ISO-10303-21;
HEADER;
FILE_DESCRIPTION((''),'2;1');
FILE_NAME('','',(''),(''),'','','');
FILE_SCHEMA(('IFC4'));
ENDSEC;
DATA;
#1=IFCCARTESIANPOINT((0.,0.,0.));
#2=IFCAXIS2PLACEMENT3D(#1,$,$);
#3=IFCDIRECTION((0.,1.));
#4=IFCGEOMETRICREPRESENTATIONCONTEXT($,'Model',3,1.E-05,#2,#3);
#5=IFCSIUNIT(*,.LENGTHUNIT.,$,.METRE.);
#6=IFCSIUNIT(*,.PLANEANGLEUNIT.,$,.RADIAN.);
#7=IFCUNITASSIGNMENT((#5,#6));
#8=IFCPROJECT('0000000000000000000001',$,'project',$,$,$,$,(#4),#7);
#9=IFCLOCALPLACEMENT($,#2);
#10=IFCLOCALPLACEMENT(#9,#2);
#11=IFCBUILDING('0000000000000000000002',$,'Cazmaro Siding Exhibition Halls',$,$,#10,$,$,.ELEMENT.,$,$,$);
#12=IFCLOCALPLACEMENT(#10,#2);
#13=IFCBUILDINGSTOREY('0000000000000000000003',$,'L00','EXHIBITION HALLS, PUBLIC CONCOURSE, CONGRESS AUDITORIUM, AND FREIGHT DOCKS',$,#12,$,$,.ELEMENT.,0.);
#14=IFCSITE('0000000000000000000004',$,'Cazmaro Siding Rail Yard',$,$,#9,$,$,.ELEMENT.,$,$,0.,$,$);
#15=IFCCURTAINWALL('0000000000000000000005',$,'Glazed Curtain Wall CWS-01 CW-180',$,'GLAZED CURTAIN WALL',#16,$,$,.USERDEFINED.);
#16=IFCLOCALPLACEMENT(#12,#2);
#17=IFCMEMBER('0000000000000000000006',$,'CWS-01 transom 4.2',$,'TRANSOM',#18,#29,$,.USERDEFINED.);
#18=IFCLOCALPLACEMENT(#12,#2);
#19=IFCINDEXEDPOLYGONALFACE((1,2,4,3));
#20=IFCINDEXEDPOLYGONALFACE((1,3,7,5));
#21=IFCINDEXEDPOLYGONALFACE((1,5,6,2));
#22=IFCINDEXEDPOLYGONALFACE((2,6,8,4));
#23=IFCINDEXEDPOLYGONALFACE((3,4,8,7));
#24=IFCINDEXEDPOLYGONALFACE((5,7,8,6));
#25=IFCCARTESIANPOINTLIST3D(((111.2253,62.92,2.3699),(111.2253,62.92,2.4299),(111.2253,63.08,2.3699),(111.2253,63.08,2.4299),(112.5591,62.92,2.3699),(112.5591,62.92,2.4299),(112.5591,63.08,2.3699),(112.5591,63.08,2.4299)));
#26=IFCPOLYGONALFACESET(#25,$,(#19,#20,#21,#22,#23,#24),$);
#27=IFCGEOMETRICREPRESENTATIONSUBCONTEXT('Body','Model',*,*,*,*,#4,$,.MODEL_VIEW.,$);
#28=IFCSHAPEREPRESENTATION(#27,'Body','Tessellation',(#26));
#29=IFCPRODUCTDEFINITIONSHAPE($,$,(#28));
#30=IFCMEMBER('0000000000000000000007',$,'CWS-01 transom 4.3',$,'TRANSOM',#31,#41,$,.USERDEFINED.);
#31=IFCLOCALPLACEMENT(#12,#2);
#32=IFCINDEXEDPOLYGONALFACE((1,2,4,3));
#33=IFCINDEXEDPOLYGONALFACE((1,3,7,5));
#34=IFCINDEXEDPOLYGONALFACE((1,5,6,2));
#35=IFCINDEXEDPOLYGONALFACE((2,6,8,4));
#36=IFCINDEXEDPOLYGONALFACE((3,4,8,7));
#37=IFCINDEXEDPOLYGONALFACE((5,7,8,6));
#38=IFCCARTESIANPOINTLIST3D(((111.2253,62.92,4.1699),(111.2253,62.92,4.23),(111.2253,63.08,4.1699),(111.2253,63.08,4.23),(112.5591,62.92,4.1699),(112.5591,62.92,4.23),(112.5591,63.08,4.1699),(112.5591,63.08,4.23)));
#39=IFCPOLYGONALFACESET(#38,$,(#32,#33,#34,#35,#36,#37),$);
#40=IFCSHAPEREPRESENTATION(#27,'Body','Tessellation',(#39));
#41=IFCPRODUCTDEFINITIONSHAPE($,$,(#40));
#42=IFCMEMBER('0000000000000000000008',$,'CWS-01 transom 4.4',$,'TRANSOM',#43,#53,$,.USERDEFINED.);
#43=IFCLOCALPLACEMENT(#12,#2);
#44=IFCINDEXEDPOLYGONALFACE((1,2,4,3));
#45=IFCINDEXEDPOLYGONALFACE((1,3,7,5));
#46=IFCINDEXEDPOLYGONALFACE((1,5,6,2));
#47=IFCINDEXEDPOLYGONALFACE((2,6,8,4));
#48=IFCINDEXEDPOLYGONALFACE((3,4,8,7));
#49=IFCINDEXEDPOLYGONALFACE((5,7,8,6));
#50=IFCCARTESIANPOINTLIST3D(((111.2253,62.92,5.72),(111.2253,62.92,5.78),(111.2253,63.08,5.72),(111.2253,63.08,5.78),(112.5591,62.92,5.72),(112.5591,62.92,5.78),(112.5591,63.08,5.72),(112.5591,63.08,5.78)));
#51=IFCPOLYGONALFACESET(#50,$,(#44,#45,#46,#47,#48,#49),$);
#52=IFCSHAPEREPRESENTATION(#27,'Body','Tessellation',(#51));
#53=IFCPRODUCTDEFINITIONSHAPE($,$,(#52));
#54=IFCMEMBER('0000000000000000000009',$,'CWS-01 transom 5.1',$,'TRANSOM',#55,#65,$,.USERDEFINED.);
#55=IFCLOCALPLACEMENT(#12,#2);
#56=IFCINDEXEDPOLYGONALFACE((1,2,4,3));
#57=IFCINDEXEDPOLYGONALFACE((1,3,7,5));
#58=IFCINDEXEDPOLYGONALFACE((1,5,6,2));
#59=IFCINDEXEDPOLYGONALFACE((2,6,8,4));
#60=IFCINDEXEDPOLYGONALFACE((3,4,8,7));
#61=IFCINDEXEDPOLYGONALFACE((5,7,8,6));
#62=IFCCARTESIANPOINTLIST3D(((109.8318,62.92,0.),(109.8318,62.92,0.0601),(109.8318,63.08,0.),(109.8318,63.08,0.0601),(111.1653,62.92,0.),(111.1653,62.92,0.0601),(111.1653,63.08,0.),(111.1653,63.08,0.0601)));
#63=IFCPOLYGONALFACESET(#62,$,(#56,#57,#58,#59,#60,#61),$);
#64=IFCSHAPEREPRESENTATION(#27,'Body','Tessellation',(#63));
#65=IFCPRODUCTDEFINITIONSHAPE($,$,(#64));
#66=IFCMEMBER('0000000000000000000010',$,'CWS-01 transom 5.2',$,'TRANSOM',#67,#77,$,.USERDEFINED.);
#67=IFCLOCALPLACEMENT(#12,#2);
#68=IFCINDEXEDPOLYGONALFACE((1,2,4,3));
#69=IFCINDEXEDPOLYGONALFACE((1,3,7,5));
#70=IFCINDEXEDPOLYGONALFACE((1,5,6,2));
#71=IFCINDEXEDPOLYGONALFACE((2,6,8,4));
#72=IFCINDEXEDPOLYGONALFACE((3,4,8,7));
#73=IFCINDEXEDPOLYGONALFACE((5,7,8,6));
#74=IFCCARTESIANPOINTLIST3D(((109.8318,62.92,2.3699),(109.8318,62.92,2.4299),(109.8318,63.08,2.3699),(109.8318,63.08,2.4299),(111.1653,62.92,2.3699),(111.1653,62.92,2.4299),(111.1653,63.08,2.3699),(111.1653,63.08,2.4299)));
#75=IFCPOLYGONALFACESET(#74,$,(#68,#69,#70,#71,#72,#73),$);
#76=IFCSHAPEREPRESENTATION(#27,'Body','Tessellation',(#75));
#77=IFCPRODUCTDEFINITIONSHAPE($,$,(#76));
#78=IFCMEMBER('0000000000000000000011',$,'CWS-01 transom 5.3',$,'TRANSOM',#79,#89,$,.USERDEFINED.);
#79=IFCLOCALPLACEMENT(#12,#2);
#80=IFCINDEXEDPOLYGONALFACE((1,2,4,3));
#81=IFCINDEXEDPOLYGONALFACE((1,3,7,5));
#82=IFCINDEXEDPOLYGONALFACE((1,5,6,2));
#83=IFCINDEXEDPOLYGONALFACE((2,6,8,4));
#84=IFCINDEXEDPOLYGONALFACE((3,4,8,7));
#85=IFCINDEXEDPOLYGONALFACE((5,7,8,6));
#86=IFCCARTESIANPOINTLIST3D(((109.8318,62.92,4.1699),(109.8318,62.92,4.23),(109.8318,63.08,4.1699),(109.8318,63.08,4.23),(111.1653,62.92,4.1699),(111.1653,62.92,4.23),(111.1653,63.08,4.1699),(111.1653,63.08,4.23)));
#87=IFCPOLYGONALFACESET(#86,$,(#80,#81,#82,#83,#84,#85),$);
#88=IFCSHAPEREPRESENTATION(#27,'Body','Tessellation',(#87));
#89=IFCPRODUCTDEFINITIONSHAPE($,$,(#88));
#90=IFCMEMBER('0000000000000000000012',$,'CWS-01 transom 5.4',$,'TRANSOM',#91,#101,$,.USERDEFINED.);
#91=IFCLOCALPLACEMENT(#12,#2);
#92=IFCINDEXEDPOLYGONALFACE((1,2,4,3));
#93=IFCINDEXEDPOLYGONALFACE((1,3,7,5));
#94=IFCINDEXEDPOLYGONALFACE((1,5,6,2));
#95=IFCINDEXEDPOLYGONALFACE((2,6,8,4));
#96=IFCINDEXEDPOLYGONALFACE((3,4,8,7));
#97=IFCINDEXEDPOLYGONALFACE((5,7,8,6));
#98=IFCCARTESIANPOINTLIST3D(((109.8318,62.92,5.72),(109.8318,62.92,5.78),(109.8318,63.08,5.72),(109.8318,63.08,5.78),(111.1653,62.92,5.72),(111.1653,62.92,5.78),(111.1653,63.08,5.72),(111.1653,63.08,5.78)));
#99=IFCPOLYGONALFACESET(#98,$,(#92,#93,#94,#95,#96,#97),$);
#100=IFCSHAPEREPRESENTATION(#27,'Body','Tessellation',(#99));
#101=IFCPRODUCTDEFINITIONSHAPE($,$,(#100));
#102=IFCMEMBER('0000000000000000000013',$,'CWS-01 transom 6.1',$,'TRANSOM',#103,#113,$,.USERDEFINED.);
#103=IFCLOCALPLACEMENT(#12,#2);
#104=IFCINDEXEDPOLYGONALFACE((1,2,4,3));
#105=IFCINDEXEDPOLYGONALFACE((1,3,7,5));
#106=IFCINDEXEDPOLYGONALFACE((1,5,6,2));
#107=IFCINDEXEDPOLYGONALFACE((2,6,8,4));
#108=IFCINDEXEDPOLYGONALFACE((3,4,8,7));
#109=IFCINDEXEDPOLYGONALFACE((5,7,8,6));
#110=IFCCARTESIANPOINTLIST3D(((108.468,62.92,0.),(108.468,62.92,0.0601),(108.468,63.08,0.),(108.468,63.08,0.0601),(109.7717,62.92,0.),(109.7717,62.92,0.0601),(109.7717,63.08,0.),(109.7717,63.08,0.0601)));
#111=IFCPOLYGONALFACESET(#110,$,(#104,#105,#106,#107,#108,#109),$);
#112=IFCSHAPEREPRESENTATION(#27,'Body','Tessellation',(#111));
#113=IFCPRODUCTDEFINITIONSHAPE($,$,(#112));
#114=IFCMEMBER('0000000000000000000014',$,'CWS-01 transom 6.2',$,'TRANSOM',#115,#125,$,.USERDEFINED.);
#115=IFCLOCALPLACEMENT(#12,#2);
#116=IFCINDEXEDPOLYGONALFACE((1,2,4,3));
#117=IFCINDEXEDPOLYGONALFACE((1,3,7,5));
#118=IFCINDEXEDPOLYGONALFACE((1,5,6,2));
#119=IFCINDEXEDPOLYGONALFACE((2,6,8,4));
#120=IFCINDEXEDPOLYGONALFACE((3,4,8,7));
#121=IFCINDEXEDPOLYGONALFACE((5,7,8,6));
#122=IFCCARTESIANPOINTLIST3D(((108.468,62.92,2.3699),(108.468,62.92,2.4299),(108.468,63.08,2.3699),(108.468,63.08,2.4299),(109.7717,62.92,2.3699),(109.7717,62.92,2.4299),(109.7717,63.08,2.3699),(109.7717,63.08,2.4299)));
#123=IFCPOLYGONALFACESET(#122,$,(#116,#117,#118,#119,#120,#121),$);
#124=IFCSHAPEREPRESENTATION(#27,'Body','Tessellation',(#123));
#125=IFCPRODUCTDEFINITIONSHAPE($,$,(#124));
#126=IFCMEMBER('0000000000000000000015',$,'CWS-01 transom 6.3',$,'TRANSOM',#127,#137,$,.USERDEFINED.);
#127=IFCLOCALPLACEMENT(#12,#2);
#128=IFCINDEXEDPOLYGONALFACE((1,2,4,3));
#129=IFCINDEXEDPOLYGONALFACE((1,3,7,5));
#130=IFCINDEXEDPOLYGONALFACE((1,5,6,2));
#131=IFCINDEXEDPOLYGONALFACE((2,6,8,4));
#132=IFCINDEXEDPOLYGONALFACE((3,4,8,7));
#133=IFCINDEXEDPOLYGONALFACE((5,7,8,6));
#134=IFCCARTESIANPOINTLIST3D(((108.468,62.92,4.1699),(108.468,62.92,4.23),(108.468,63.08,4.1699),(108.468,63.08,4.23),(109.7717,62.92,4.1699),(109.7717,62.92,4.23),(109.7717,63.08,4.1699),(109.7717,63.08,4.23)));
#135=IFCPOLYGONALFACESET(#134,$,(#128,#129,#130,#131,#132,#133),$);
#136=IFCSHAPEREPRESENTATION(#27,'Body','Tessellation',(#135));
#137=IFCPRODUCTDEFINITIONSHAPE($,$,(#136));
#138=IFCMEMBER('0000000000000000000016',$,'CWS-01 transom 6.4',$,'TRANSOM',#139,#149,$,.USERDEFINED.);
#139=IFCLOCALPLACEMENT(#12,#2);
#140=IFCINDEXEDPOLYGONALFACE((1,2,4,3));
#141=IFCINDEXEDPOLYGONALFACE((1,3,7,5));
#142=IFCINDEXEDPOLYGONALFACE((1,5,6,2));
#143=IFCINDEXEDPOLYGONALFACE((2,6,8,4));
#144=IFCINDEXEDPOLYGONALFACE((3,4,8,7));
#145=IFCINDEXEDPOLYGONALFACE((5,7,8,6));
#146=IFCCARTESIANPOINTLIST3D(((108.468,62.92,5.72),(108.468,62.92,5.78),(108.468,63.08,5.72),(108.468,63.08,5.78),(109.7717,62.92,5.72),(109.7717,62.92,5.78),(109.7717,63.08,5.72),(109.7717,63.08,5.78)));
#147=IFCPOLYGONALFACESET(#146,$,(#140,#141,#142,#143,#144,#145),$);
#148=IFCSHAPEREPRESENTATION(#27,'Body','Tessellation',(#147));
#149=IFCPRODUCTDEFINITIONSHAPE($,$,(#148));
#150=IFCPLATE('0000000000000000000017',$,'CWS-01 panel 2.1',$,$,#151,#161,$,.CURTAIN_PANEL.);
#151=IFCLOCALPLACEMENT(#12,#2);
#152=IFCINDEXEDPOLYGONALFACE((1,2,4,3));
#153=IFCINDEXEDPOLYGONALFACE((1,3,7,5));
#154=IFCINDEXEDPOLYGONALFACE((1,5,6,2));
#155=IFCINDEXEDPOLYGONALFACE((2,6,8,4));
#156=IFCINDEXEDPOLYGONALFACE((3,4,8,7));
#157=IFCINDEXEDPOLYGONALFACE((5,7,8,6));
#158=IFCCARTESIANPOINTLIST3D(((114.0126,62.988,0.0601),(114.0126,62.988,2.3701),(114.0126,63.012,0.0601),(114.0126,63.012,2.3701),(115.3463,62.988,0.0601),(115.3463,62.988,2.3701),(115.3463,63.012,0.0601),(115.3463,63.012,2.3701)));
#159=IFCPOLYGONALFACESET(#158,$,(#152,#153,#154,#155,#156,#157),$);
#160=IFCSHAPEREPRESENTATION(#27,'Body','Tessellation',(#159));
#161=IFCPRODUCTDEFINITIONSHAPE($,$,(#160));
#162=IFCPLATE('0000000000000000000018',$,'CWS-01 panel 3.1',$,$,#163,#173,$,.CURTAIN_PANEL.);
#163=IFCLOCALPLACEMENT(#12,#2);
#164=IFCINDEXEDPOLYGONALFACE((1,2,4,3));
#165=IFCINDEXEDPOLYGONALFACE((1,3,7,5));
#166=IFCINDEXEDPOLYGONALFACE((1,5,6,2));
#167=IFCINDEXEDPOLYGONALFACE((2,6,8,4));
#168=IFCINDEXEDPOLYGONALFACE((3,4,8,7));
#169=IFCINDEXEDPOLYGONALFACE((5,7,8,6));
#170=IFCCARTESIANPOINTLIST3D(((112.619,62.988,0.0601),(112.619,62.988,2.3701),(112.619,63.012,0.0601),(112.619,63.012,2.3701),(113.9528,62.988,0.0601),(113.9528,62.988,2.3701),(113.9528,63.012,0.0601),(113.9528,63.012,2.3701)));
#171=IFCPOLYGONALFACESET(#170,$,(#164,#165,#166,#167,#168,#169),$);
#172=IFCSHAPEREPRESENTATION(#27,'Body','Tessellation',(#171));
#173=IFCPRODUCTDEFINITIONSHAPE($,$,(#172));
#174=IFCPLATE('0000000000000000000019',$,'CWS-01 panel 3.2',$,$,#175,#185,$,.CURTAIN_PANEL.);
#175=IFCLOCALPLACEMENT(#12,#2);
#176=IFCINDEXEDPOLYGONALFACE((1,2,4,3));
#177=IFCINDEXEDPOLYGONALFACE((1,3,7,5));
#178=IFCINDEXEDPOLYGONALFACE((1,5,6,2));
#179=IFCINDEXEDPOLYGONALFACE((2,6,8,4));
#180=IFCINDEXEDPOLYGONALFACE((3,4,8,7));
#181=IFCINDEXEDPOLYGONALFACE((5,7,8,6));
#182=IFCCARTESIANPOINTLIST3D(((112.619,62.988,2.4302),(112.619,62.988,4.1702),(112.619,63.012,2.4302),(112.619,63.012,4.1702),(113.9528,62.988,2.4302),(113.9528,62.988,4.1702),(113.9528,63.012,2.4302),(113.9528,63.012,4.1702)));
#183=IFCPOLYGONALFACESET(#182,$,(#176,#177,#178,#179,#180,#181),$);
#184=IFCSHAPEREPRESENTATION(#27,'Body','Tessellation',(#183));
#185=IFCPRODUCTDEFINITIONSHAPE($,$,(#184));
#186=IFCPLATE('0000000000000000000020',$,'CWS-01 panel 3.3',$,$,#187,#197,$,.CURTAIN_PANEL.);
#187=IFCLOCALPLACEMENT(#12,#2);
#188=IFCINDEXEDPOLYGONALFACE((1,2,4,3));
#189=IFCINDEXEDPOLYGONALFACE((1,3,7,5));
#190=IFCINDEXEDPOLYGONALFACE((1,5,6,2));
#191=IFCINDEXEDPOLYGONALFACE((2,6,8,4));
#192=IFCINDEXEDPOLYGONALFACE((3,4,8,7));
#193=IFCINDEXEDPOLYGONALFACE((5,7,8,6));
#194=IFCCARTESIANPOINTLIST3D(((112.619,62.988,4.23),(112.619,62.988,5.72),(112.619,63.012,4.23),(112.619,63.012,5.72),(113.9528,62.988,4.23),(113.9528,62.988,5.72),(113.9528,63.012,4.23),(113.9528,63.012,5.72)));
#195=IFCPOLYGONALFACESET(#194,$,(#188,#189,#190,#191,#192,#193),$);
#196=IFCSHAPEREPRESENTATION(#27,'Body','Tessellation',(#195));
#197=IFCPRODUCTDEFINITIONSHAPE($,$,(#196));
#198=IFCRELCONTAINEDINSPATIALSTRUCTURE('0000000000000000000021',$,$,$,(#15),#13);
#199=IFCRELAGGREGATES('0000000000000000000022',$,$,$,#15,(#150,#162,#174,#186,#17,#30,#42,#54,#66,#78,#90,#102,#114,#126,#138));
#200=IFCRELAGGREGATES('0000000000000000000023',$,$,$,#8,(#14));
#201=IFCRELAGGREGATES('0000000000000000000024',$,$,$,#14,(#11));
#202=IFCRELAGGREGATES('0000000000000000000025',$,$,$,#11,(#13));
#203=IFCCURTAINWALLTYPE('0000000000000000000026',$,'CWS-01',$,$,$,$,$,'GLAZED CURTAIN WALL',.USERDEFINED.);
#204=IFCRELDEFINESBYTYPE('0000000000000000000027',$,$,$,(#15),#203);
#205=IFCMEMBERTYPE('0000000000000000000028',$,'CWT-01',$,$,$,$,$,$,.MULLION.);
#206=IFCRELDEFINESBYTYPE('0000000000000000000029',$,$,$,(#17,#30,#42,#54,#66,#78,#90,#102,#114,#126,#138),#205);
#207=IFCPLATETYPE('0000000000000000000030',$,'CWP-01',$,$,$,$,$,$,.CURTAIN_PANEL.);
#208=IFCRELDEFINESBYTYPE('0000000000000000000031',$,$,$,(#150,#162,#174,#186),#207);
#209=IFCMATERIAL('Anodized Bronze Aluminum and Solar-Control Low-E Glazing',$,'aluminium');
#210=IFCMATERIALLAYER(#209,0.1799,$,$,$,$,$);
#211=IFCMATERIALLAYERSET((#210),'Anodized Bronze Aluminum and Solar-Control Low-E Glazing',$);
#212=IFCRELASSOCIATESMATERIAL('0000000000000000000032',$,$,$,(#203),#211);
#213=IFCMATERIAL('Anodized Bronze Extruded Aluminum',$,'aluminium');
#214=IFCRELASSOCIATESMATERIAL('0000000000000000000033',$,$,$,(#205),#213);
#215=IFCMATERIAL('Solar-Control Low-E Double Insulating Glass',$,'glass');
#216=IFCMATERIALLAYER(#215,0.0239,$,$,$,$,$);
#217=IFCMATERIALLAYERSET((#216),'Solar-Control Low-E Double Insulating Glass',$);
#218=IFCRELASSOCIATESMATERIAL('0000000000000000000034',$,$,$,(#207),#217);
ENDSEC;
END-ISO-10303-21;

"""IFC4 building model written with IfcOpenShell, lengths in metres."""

from ifc_helpers import new_model, si_unit, direction, frame, origin, origin_2d, place, context, subcontext, project, spatial, rectangle, extrude, material, layer, layer_set, material_profile, profile_set, type_object, element, aggregate, save


model = new_model("IFC4")

# Units and contexts
model_context = context("Model", 3, precision=1e-05, world=origin(), true_north=direction((0.0, 1.0)))
body_context = subcontext(model_context, "Body", "Model", "MODEL_VIEW")
ifc_project = project(units=[si_unit("LENGTHUNIT", "METRE"), si_unit("PLANEANGLEUNIT", "RADIAN")], contexts=[model_context])

# Site, building, storey
site_placement = place(None, origin())
site = spatial("IfcSite", under=ifc_project, at=site_placement, Name="Cazmaro Siding Rail Yard", CompositionType="ELEMENT", RefElevation=0.0)
building_placement = place(site_placement, origin())
building = spatial("IfcBuilding", under=site, at=building_placement, Name="Cazmaro Siding Exhibition Halls", CompositionType="ELEMENT")
storey_placement = place(building_placement, origin())
storey = spatial("IfcBuildingStorey", under=building, at=storey_placement, Name="L00", Description="EXHIBITION HALLS, PUBLIC CONCOURSE, CONGRESS AUDITORIUM, AND FREIGHT DOCKS", CompositionType="ELEMENT", Elevation=0.0)

# Curtain wall, members, plates
ifc_material_1 = material(Name="Anodized Bronze Aluminum and Solar-Control Low-E Glazing", Category="aluminium")
ifc_layer_1 = layer(ifc_material_1, 0.1799)
ifc_layer_set_1 = layer_set([ifc_layer_1], Name="Anodized Bronze Aluminum and Solar-Control Low-E Glazing")
curtain_wall_type = type_object("IfcCurtainWallType", Name="CWS-01", ElementType="GLAZED CURTAIN WALL", PredefinedType="USERDEFINED", material=ifc_layer_set_1)
curtain_wall_placement = place(storey_placement, origin())
curtain_wall = element("IfcCurtainWall", 1, at=curtain_wall_placement, inside=storey, type_object=curtain_wall_type, Name="Glazed Curtain Wall CWS-01 CW-180", ObjectType="GLAZED CURTAIN WALL", PredefinedType="USERDEFINED")
ifc_material_2 = material(Name="Anodized Bronze Extruded Aluminum", Category="aluminium")
ifc_material_profile_1 = material_profile(ifc_material_2, rectangle(XDim=0.1599, YDim=0.0601, at=origin_2d()), Name="CWT-01")
ifc_profile_set_1 = profile_set([ifc_material_profile_1], Name="Anodized Bronze Extruded Aluminum")
member_type_1 = type_object("IfcMemberType", Name="CWT-01", PredefinedType="MULLION", material=ifc_profile_set_1)
member_1_placement = place(storey_placement, frame((112.5591, 63.0, 2.3999), z_axis=(-1.0, 0.0, 0.0), x_axis=(0.0, -1.0, 0.0)))
member_1 = element("IfcMember", 2, at=member_1_placement, type_object=member_type_1, Name="CWS-01 transom 4.2", ObjectType="TRANSOM", PredefinedType="USERDEFINED", context=body_context, shape_type="SweptSolid", body=[
    extrude(rectangle(XDim=0.1599, YDim=0.0601, at=origin_2d()), origin(), (0.0, 0.0, 1.0), 1.3337),
])
member_2_placement = place(storey_placement, frame((112.5591, 63.0, 4.2), z_axis=(-1.0, 0.0, 0.0), x_axis=(0.0, -1.0, 0.0)))
member_2 = element("IfcMember", 3, at=member_2_placement, type_object=member_type_1, Name="CWS-01 transom 4.3", ObjectType="TRANSOM", PredefinedType="USERDEFINED", context=body_context, shape_type="SweptSolid", body=[
    extrude(rectangle(XDim=0.1599, YDim=0.0601, at=origin_2d()), origin(), (0.0, 0.0, 1.0), 1.3337),
])
member_3_placement = place(storey_placement, frame((112.5591, 63.0, 5.75), z_axis=(-1.0, 0.0, 0.0), x_axis=(0.0, -1.0, 0.0)))
member_3 = element("IfcMember", 4, at=member_3_placement, type_object=member_type_1, Name="CWS-01 transom 4.4", ObjectType="TRANSOM", PredefinedType="USERDEFINED", context=body_context, shape_type="SweptSolid", body=[
    extrude(rectangle(XDim=0.1599, YDim=0.0601, at=origin_2d()), origin(), (0.0, 0.0, 1.0), 1.3337),
])
member_4_placement = place(storey_placement, frame((111.1653, 63.0, 0.03), z_axis=(-1.0, 0.0, 0.0), x_axis=(0.0, -1.0, 0.0)))
member_4 = element("IfcMember", 5, at=member_4_placement, type_object=member_type_1, Name="CWS-01 transom 5.1", ObjectType="TRANSOM", PredefinedType="USERDEFINED", context=body_context, shape_type="SweptSolid", body=[
    extrude(rectangle(XDim=0.1599, YDim=0.0601, at=origin_2d()), origin(), (0.0, 0.0, 1.0), 1.3335),
])
member_5_placement = place(storey_placement, frame((111.1653, 63.0, 2.3999), z_axis=(-1.0, 0.0, 0.0), x_axis=(0.0, -1.0, 0.0)))
member_5 = element("IfcMember", 6, at=member_5_placement, type_object=member_type_1, Name="CWS-01 transom 5.2", ObjectType="TRANSOM", PredefinedType="USERDEFINED", context=body_context, shape_type="SweptSolid", body=[
    extrude(rectangle(XDim=0.1599, YDim=0.0601, at=origin_2d()), origin(), (0.0, 0.0, 1.0), 1.3335),
])
member_6_placement = place(storey_placement, frame((111.1653, 63.0, 4.2), z_axis=(-1.0, 0.0, 0.0), x_axis=(0.0, -1.0, 0.0)))
member_6 = element("IfcMember", 7, at=member_6_placement, type_object=member_type_1, Name="CWS-01 transom 5.3", ObjectType="TRANSOM", PredefinedType="USERDEFINED", context=body_context, shape_type="SweptSolid", body=[
    extrude(rectangle(XDim=0.1599, YDim=0.0601, at=origin_2d()), origin(), (0.0, 0.0, 1.0), 1.3335),
])
member_7_placement = place(storey_placement, frame((111.1653, 63.0, 5.75), z_axis=(-1.0, 0.0, 0.0), x_axis=(0.0, -1.0, 0.0)))
member_7 = element("IfcMember", 8, at=member_7_placement, type_object=member_type_1, Name="CWS-01 transom 5.4", ObjectType="TRANSOM", PredefinedType="USERDEFINED", context=body_context, shape_type="SweptSolid", body=[
    extrude(rectangle(XDim=0.1599, YDim=0.0601, at=origin_2d()), origin(), (0.0, 0.0, 1.0), 1.3335),
])
member_8_placement = place(storey_placement, frame((109.7717, 63.0, 0.03), z_axis=(-1.0, 0.0, 0.0), x_axis=(0.0, -1.0, 0.0)))
member_8 = element("IfcMember", 9, at=member_8_placement, type_object=member_type_1, Name="CWS-01 transom 6.1", ObjectType="TRANSOM", PredefinedType="USERDEFINED", context=body_context, shape_type="SweptSolid", body=[
    extrude(rectangle(XDim=0.1599, YDim=0.0601, at=origin_2d()), origin(), (0.0, 0.0, 1.0), 1.3037),
])
member_9_placement = place(storey_placement, frame((109.7717, 63.0, 2.3999), z_axis=(-1.0, 0.0, 0.0), x_axis=(0.0, -1.0, 0.0)))
member_9 = element("IfcMember", 10, at=member_9_placement, type_object=member_type_1, Name="CWS-01 transom 6.2", ObjectType="TRANSOM", PredefinedType="USERDEFINED", context=body_context, shape_type="SweptSolid", body=[
    extrude(rectangle(XDim=0.1599, YDim=0.0601, at=origin_2d()), origin(), (0.0, 0.0, 1.0), 1.3037),
])
member_10_placement = place(storey_placement, frame((109.7717, 63.0, 4.2), z_axis=(-1.0, 0.0, 0.0), x_axis=(0.0, -1.0, 0.0)))
member_10 = element("IfcMember", 11, at=member_10_placement, type_object=member_type_1, Name="CWS-01 transom 6.3", ObjectType="TRANSOM", PredefinedType="USERDEFINED", context=body_context, shape_type="SweptSolid", body=[
    extrude(rectangle(XDim=0.1599, YDim=0.0601, at=origin_2d()), origin(), (0.0, 0.0, 1.0), 1.3037),
])
member_11_placement = place(storey_placement, frame((109.7717, 63.0, 5.75), z_axis=(-1.0, 0.0, 0.0), x_axis=(0.0, -1.0, 0.0)))
member_11 = element("IfcMember", 12, at=member_11_placement, type_object=member_type_1, Name="CWS-01 transom 6.4", ObjectType="TRANSOM", PredefinedType="USERDEFINED", context=body_context, shape_type="SweptSolid", body=[
    extrude(rectangle(XDim=0.1599, YDim=0.0601, at=origin_2d()), origin(), (0.0, 0.0, 1.0), 1.3037),
])
ifc_material_3 = material(Name="Solar-Control Low-E Double Insulating Glass", Category="glass")
ifc_layer_2 = layer(ifc_material_3, 0.0239)
ifc_layer_set_2 = layer_set([ifc_layer_2], Name="Solar-Control Low-E Double Insulating Glass")
plate_type = type_object("IfcPlateType", Name="CWP-01", PredefinedType="CURTAIN_PANEL", material=ifc_layer_set_2)
plate_1_placement = place(storey_placement, frame((114.6794, 63.0, 0.0601), z_axis=(0.0, 0.0, 1.0), x_axis=(-1.0, 0.0, 0.0)))
plate_1 = element("IfcPlate", 13, at=plate_1_placement, type_object=plate_type, Name="CWS-01 panel 2.1", PredefinedType="CURTAIN_PANEL", context=body_context, shape_type="SweptSolid", body=[
    extrude(rectangle(XDim=1.3337, YDim=0.0239, at=origin_2d()), origin(), (0.0, 0.0, 1.0), 2.3101),
])
plate_2_placement = place(storey_placement, frame((113.2859, 63.0, 0.0601), z_axis=(0.0, 0.0, 1.0), x_axis=(-1.0, 0.0, 0.0)))
plate_2 = element("IfcPlate", 14, at=plate_2_placement, type_object=plate_type, Name="CWS-01 panel 3.1", PredefinedType="CURTAIN_PANEL", context=body_context, shape_type="SweptSolid", body=[
    extrude(rectangle(XDim=1.3337, YDim=0.0239, at=origin_2d()), origin(), (0.0, 0.0, 1.0), 2.3101),
])
plate_3_placement = place(storey_placement, frame((113.2859, 63.0, 2.4302), z_axis=(0.0, 0.0, 1.0), x_axis=(-1.0, 0.0, 0.0)))
plate_3 = element("IfcPlate", 15, at=plate_3_placement, type_object=plate_type, Name="CWS-01 panel 3.2", PredefinedType="CURTAIN_PANEL", context=body_context, shape_type="SweptSolid", body=[
    extrude(rectangle(XDim=1.3337, YDim=0.0239, at=origin_2d()), origin(), (0.0, 0.0, 1.0), 1.74),
])
plate_4_placement = place(storey_placement, frame((113.2859, 63.0, 4.23), z_axis=(0.0, 0.0, 1.0), x_axis=(-1.0, 0.0, 0.0)))
plate_4 = element("IfcPlate", 16, at=plate_4_placement, type_object=plate_type, Name="CWS-01 panel 3.3", PredefinedType="CURTAIN_PANEL", context=body_context, shape_type="SweptSolid", body=[
    extrude(rectangle(XDim=1.3337, YDim=0.0239, at=origin_2d()), origin(), (0.0, 0.0, 1.0), 1.49),
])
aggregate(curtain_wall, [plate_1, plate_2, plate_3, plate_4, member_1, member_2, member_3, member_4, member_5, member_6, member_7, member_8, member_9, member_10, member_11])

save(model, "model.ifc")
